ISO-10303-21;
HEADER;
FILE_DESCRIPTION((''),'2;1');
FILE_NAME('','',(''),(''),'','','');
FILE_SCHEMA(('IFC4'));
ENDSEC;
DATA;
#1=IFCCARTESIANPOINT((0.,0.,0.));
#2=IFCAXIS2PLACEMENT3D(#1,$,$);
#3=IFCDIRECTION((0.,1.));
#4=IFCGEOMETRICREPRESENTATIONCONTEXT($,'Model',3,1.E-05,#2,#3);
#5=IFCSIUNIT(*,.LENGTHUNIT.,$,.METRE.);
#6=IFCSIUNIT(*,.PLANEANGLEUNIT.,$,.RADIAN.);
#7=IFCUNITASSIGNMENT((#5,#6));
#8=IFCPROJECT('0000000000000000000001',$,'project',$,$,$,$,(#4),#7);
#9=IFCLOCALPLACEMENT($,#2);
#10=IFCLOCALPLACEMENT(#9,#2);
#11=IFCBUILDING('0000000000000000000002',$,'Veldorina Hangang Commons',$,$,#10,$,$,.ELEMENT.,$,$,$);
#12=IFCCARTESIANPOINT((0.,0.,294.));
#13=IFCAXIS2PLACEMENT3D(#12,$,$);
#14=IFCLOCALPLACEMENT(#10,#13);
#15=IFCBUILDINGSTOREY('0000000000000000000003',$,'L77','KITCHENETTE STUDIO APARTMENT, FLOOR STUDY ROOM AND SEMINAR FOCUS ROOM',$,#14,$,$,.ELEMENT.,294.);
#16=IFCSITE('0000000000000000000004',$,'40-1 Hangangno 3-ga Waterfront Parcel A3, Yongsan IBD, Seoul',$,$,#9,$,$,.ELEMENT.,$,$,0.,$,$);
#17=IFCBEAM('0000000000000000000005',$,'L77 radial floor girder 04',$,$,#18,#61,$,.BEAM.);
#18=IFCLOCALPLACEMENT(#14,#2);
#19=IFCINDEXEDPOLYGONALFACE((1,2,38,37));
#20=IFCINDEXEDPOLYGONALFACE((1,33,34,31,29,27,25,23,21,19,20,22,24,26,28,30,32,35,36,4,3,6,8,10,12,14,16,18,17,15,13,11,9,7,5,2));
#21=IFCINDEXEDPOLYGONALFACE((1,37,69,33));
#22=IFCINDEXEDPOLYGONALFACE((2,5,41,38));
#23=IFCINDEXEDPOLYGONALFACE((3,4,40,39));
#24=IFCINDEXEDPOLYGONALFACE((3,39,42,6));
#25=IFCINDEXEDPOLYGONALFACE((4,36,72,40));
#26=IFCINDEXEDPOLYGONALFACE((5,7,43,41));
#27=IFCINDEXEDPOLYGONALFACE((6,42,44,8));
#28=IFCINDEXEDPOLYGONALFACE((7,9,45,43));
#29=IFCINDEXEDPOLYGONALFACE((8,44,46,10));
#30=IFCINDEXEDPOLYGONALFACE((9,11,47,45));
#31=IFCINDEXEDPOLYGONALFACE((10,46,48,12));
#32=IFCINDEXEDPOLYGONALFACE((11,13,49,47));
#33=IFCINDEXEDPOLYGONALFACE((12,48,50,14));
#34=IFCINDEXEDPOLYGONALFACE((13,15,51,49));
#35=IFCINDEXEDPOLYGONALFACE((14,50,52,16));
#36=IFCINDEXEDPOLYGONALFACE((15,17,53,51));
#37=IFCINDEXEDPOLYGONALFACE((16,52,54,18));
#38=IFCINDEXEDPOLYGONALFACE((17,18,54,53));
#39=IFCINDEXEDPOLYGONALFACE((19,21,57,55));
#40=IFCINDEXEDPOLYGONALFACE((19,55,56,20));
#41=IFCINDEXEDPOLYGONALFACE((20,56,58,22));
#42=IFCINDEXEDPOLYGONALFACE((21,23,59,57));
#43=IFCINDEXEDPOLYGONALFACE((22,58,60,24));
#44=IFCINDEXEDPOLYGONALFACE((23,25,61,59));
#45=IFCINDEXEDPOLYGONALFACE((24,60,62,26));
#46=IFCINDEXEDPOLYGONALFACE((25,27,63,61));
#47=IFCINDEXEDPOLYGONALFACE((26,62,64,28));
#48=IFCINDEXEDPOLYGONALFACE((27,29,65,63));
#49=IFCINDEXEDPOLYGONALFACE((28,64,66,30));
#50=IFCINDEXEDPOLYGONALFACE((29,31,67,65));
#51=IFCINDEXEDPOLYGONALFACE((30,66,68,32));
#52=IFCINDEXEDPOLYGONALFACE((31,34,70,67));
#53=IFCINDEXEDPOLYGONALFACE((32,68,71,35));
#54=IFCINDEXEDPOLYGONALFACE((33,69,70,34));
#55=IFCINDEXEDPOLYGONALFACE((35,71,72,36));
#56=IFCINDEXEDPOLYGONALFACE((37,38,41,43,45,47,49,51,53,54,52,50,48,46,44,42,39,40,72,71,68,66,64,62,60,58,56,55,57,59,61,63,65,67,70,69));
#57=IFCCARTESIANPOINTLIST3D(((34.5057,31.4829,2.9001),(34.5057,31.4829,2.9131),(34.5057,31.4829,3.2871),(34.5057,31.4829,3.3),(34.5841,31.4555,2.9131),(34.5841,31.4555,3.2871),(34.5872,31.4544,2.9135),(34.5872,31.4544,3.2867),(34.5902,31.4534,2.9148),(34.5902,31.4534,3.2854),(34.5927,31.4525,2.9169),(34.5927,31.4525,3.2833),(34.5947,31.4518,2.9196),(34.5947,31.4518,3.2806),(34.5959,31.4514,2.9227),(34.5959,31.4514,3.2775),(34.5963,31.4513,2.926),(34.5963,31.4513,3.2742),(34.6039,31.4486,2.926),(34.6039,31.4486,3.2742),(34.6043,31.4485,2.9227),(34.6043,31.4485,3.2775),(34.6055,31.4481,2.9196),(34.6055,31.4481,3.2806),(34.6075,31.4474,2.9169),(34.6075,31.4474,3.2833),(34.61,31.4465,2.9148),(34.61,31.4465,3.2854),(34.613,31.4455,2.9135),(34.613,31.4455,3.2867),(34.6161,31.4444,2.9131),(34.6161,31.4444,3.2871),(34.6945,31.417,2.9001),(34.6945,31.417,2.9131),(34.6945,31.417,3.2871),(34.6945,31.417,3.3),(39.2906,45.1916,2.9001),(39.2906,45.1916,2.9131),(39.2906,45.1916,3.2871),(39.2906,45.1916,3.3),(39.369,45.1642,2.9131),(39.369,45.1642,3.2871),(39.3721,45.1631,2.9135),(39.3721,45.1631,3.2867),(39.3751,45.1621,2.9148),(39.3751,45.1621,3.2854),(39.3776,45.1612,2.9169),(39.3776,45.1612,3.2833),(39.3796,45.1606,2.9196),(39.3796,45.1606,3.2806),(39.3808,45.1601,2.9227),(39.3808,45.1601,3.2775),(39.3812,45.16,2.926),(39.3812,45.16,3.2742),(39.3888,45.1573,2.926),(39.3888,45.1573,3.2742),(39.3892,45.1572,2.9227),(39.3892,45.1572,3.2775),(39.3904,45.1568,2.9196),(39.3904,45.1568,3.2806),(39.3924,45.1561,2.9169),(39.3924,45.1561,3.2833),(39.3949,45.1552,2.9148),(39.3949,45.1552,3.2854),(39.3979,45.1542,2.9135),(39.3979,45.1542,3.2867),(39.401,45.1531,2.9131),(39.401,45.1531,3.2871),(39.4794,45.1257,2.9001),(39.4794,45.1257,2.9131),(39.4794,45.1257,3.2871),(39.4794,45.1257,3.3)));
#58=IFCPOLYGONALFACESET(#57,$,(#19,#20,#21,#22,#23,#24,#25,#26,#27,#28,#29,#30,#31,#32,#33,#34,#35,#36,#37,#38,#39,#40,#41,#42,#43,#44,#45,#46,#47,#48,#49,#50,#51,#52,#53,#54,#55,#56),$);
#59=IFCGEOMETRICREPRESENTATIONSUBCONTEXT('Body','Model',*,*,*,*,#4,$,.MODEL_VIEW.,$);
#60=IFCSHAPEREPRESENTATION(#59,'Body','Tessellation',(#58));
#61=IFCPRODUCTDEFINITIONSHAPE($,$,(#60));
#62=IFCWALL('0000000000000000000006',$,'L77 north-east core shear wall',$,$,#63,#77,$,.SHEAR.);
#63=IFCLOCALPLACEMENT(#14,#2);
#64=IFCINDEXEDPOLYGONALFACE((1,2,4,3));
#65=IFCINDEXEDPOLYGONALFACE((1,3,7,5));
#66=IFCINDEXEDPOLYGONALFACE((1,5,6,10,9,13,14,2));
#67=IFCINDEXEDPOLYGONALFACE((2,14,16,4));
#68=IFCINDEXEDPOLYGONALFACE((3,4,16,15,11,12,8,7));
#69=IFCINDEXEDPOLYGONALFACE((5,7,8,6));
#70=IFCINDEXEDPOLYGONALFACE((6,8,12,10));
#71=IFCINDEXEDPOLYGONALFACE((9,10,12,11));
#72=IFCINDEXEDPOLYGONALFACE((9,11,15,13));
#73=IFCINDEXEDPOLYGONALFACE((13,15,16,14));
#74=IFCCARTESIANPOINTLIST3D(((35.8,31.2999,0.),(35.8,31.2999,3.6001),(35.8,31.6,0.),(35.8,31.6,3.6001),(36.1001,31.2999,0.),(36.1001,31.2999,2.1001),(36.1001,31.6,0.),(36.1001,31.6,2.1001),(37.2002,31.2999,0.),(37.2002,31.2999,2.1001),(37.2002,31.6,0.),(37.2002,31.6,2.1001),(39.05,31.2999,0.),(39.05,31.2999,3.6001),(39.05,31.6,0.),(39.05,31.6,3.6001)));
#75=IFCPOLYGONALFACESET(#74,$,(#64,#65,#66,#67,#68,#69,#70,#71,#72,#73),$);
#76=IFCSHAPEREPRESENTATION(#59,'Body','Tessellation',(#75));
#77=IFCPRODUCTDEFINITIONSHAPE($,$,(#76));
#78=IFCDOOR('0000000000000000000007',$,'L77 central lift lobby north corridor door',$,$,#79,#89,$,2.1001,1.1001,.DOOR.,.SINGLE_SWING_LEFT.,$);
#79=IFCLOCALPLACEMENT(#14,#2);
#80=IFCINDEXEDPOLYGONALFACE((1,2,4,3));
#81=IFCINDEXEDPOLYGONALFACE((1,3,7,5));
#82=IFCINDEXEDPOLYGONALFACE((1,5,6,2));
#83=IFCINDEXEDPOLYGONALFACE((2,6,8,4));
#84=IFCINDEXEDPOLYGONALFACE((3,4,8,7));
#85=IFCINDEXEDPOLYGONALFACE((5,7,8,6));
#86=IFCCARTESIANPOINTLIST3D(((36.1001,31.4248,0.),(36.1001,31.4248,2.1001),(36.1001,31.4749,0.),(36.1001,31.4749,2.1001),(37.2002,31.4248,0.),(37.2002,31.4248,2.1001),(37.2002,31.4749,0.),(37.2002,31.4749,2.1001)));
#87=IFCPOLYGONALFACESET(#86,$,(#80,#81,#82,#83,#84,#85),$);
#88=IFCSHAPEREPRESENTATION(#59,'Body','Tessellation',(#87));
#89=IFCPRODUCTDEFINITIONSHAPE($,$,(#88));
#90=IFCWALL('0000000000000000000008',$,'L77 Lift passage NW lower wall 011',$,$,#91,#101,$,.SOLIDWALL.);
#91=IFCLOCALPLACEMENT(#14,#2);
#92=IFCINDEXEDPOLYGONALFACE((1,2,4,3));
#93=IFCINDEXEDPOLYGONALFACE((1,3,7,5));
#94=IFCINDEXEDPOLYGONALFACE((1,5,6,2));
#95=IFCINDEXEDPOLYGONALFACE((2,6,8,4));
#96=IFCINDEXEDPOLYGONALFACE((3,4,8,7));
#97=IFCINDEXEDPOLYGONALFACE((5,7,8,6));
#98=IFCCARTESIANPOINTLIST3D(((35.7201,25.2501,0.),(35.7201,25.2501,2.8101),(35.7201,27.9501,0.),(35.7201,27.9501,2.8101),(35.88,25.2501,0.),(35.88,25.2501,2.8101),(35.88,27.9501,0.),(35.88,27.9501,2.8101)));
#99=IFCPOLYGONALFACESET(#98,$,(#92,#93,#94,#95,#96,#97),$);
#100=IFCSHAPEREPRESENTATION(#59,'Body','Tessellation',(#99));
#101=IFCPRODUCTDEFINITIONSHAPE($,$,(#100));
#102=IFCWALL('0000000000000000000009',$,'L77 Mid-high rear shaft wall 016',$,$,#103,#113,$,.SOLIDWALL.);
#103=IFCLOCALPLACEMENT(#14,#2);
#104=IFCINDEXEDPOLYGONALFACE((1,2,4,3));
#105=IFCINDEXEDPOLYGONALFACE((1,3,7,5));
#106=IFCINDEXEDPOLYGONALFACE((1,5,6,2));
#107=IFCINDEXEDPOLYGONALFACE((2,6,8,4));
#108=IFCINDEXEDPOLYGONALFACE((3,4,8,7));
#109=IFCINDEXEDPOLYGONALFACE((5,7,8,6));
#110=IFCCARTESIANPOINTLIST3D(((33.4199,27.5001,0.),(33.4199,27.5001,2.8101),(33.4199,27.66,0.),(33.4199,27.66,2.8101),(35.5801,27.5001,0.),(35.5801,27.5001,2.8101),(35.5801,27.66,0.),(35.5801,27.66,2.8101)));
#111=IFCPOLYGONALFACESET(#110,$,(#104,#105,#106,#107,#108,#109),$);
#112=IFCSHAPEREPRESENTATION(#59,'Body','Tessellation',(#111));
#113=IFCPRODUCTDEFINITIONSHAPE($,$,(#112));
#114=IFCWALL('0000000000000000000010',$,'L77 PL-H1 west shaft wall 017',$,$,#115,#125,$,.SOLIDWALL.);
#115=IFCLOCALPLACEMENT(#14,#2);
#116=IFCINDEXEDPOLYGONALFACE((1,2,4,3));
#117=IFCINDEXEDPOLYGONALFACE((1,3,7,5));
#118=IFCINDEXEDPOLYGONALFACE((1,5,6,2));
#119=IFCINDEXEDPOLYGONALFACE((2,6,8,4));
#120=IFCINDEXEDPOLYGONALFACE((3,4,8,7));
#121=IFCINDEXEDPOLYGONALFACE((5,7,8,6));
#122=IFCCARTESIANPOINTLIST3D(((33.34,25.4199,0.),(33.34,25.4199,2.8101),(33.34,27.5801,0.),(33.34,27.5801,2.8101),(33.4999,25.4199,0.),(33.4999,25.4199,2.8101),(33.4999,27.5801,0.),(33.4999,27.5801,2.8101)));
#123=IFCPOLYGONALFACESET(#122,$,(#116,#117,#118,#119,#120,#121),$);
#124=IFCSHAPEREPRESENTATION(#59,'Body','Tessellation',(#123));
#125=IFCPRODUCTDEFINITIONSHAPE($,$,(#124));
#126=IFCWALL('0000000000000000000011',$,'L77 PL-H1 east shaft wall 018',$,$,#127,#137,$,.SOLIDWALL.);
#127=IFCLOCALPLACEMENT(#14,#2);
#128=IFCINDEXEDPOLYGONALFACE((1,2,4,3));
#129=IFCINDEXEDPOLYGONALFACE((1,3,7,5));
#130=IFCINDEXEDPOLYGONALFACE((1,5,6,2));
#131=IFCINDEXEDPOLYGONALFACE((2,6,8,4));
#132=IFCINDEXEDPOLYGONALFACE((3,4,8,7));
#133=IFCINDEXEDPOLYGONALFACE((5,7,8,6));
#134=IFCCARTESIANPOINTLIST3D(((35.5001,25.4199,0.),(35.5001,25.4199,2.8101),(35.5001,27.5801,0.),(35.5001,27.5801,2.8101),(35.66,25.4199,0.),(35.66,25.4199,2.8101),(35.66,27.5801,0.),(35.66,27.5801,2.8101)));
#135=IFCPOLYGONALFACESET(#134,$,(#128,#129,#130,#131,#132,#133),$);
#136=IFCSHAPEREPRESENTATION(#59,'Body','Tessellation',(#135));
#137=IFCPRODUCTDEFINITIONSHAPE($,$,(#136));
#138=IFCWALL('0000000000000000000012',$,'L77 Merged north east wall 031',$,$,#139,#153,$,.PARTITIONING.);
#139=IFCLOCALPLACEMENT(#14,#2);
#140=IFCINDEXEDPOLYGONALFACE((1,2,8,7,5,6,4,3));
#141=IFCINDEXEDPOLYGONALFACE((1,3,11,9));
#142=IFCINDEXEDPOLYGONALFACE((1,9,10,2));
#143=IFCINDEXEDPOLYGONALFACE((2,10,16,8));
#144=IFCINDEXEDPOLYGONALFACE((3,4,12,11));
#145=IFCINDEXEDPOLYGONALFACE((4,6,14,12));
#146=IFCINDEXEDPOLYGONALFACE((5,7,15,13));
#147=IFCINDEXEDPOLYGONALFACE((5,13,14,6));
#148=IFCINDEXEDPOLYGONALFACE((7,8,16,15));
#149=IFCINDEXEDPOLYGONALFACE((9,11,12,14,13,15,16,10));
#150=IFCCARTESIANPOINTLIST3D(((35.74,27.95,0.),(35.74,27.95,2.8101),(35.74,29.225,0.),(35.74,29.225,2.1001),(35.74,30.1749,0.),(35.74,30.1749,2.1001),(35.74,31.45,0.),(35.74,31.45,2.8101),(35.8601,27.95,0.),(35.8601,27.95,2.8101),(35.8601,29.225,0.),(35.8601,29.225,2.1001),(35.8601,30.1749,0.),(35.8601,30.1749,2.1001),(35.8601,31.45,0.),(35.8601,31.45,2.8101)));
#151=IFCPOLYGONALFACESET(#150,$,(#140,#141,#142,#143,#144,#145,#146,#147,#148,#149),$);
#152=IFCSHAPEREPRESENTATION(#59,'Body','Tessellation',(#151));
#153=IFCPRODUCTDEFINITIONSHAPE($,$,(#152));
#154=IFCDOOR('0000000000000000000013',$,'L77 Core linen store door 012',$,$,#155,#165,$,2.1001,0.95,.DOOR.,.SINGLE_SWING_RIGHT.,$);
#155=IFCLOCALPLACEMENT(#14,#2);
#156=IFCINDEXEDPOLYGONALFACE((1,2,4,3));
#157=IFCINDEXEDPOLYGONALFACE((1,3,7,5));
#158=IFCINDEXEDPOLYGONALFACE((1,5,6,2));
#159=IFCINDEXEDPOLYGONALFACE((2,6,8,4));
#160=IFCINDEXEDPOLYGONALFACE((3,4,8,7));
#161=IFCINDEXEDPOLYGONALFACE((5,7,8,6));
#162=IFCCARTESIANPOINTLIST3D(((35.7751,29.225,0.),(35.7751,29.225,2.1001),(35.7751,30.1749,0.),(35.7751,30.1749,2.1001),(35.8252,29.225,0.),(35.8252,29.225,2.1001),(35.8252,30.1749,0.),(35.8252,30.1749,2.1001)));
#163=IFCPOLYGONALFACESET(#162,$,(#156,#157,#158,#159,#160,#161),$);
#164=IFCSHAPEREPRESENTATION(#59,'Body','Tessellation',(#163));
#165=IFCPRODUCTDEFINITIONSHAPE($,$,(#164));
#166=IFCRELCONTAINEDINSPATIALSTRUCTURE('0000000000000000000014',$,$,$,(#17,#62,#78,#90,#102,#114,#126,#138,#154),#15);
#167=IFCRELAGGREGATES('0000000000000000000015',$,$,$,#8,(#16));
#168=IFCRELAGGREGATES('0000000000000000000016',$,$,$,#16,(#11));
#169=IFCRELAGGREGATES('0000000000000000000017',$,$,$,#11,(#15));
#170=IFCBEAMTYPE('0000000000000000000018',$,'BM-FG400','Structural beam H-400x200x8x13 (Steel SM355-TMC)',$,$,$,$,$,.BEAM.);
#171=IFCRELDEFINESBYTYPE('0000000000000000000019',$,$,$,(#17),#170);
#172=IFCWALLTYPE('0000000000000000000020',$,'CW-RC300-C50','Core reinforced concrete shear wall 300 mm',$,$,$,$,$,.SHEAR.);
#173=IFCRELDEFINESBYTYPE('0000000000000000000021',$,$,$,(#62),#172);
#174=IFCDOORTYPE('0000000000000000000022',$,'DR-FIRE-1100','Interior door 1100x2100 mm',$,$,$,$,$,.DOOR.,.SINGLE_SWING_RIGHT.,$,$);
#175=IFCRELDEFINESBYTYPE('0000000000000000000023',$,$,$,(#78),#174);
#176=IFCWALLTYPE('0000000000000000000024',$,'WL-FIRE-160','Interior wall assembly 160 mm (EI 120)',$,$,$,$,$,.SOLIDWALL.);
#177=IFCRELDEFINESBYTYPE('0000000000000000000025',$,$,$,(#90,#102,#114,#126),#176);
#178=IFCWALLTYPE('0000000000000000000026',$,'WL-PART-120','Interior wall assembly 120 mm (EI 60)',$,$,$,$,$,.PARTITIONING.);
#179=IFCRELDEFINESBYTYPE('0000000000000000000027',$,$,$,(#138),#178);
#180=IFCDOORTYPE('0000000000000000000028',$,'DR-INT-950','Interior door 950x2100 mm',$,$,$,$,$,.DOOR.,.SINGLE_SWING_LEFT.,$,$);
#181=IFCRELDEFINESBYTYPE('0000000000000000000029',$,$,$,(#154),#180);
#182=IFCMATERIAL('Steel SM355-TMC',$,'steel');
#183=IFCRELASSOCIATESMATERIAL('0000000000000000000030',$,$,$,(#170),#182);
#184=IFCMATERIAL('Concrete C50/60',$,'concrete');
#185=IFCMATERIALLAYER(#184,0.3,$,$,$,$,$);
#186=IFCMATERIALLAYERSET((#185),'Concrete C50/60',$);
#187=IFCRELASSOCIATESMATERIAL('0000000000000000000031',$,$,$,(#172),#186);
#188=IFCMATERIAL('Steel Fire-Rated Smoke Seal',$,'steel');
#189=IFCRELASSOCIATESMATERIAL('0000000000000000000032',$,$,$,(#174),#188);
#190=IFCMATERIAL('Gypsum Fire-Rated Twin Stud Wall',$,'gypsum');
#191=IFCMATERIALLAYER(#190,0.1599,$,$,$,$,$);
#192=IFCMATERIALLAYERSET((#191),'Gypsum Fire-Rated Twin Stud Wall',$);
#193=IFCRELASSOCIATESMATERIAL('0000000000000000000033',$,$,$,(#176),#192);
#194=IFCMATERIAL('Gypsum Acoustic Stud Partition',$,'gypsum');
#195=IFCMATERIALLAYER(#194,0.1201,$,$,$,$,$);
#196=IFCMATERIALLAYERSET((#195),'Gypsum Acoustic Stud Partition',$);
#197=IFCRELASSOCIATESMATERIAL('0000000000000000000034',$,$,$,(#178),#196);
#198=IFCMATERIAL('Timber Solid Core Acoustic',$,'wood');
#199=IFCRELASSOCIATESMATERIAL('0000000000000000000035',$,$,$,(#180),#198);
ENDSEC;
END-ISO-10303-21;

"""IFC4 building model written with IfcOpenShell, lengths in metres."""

from ifc_helpers import new_model, si_unit, direction, frame, frame_2d, origin, origin_2d, place, context, subcontext, project, spatial, rectangle, i_section, extrude, material, layer, layer_set, material_profile, profile_set, type_object, element, fill, save


model = new_model("IFC4")

# Units and contexts
model_context = context("Model", 3, precision=1e-05, world=origin(), true_north=direction((0.0, 1.0)))
body_context = subcontext(model_context, "Body", "Model", "MODEL_VIEW")
ifc_project = project(units=[si_unit("LENGTHUNIT", "METRE"), si_unit("PLANEANGLEUNIT", "RADIAN")], contexts=[model_context])

# Site, building, storey
site_placement = place(None, origin())
site = spatial("IfcSite", under=ifc_project, at=site_placement, Name="40-1 Hangangno 3-ga Waterfront Parcel A3, Yongsan IBD, Seoul", CompositionType="ELEMENT", RefElevation=0.0)
building_placement = place(site_placement, origin())
building = spatial("IfcBuilding", under=site, at=building_placement, Name="Veldorina Hangang Commons", CompositionType="ELEMENT")
storey_placement = place(building_placement, frame((0.0, 0.0, 294.0)))
storey = spatial("IfcBuildingStorey", under=building, at=storey_placement, Name="L77", Description="KITCHENETTE STUDIO APARTMENT, FLOOR STUDY ROOM AND SEMINAR FOCUS ROOM", CompositionType="ELEMENT", Elevation=294.0)

# Beam
ifc_material_1 = material(Name="Steel SM355-TMC", Category="steel")
ifc_material_profile = material_profile(ifc_material_1, i_section(OverallWidth=0.2, OverallDepth=0.3999, WebThickness=0.0081, FlangeThickness=0.0129, FilletRadius=0.0129, at=origin_2d()), Name="H-400x200x8x13")
ifc_profile_set = profile_set([ifc_material_profile], Name="Steel SM355-TMC")
beam_type = type_object("IfcBeamType", Name="BM-FG400", Description="Structural beam H-400x200x8x13 (Steel SM355-TMC)", PredefinedType="BEAM", material=ifc_profile_set)
beam_placement = place(storey_placement, frame((34.6001, 31.45, 3.1001), z_axis=(0.329544, 0.94414, 0.0), x_axis=(-0.94414, 0.329544, 0.0)))
element("IfcBeam", 1, at=beam_placement, inside=storey, type_object=beam_type, Name="L77 radial floor girder 04", PredefinedType="BEAM", context=body_context, shape_type="SweptSolid", body=[
    extrude(i_section(OverallWidth=0.2, OverallDepth=0.3999, WebThickness=0.0081, FlangeThickness=0.0129, FilletRadius=0.0129, at=origin_2d()), origin(), (0.0, 0.0, 1.0), 14.5198),
])

# Wall, opening, door
ifc_material_2 = material(Name="Concrete C50/60", Category="concrete")
ifc_layer_1 = layer(ifc_material_2, 0.3)
ifc_layer_set_1 = layer_set([ifc_layer_1], Name="Concrete C50/60")
wall_type_1 = type_object("IfcWallType", Name="CW-RC300-C50", Description="Core reinforced concrete shear wall 300 mm", PredefinedType="SHEAR", material=ifc_layer_set_1)
wall_1_placement = place(storey_placement, frame((35.8, 31.45, 0.0), z_axis=(0.0, 0.0, 1.0), x_axis=(1.0, 0.0, 0.0)))
wall_1 = element("IfcWall", 2, at=wall_1_placement, inside=storey, type_object=wall_type_1, Name="L77 north-east core shear wall", PredefinedType="SHEAR", context=body_context, shape_type="SweptSolid", body=[
    extrude(rectangle(XDim=3.25, YDim=0.3, at=frame_2d((1.625, 0.0))), origin(), (0.0, 0.0, 1.0), 3.6001),
])
opening_1_placement = place(wall_1_placement, frame((0.3, 0.0, 0.0)))
opening_1 = element("IfcOpeningElement", 3, at=opening_1_placement, cuts=wall_1, PredefinedType="OPENING", context=body_context, shape_type="SweptSolid", body=[
    extrude(rectangle(XDim=1.1001, YDim=2.1001, at=frame_2d((0.55, 1.05))), frame((0.0, 0.1602, 0.0), z_axis=(0.0, -1.0, 0.0), x_axis=(1.0, 0.0, 0.0)), (0.0, 0.0, 1.0), 0.3201),
])
ifc_material_3 = material(Name="Steel Fire-Rated Smoke Seal", Category="steel")
door_type_1 = type_object("IfcDoorType", Name="DR-FIRE-1100", Description="Interior door 1100x2100 mm", OperationType="SINGLE_SWING_RIGHT", PredefinedType="DOOR", material=ifc_material_3)
door_1_placement = place(opening_1_placement, origin())
door_1 = element("IfcDoor", 4, at=door_1_placement, inside=storey, type_object=door_type_1, Name="L77 central lift lobby north corridor door", OperationType="SINGLE_SWING_LEFT", OverallHeight=2.1001, OverallWidth=1.1001, PredefinedType="DOOR", context=body_context, shape_type="SweptSolid", body=[
    extrude(rectangle(XDim=1.1001, YDim=2.1001, at=frame_2d((0.55, 1.05))), frame((0.0, 0.0249, 0.0), z_axis=(0.0, -1.0, 0.0), x_axis=(1.0, 0.0, 0.0)), (0.0, 0.0, 1.0), 0.05),
])
fill(opening_1, door_1)

# Wall
ifc_material_4 = material(Name="Gypsum Fire-Rated Twin Stud Wall", Category="gypsum")
ifc_layer_2 = layer(ifc_material_4, 0.1599)
ifc_layer_set_2 = layer_set([ifc_layer_2], Name="Gypsum Fire-Rated Twin Stud Wall")
wall_type_2 = type_object("IfcWallType", Name="WL-FIRE-160", Description="Interior wall assembly 160 mm (EI 120)", PredefinedType="SOLIDWALL", material=ifc_layer_set_2)
wall_2_placement = place(storey_placement, frame((35.8, 25.25, 0.0), z_axis=(0.0, 0.0, 1.0), x_axis=(0.0, 1.0, 0.0)))
element("IfcWall", 5, at=wall_2_placement, inside=storey, type_object=wall_type_2, Name="L77 Lift passage NW lower wall 011", PredefinedType="SOLIDWALL", context=body_context, shape_type="SweptSolid", body=[
    extrude(rectangle(XDim=2.7, YDim=0.1599, at=frame_2d((1.3501, 0.0))), origin(), (0.0, 0.0, 1.0), 2.8101),
])

# Walls
for number, where, z_axis, x_axis, name in (
    (6, (33.4199, 27.5801, 0.0), (0.0, 0.0, 1.0), (1.0, 0.0, 0.0), "L77 Mid-high rear shaft wall 016"),
    (7, (33.4199, 25.4199, 0.0), (0.0, 0.0, 1.0), (0.0, 1.0, 0.0), "L77 PL-H1 west shaft wall 017"),
    (8, (35.5801, 25.4199, 0.0), (0.0, 0.0, 1.0), (0.0, 1.0, 0.0), "L77 PL-H1 east shaft wall 018"),
):
    element("IfcWall", number, at=place(storey_placement, frame(where, z_axis=z_axis, x_axis=x_axis)), inside=storey, type_object=wall_type_2, Name=name, PredefinedType="SOLIDWALL", context=body_context, shape_type="SweptSolid", body=[
        extrude(rectangle(XDim=2.1602, YDim=0.1599, at=frame_2d((1.0801, 0.0))), origin(), (0.0, 0.0, 1.0), 2.8101),
    ])

# Wall, opening, door
ifc_material_5 = material(Name="Gypsum Acoustic Stud Partition", Category="gypsum")
ifc_layer_3 = layer(ifc_material_5, 0.1201)
ifc_layer_set_3 = layer_set([ifc_layer_3], Name="Gypsum Acoustic Stud Partition")
wall_type_3 = type_object("IfcWallType", Name="WL-PART-120", Description="Interior wall assembly 120 mm (EI 60)", PredefinedType="PARTITIONING", material=ifc_layer_set_3)
wall_3_placement = place(storey_placement, frame((35.8, 27.95, 0.0), z_axis=(0.0, 0.0, 1.0), x_axis=(0.0, 1.0, 0.0)))
wall_3 = element("IfcWall", 9, at=wall_3_placement, inside=storey, type_object=wall_type_3, Name="L77 Merged north east wall 031", PredefinedType="PARTITIONING", context=body_context, shape_type="SweptSolid", body=[
    extrude(rectangle(XDim=3.5, YDim=0.1201, at=frame_2d((1.75, 0.0))), origin(), (0.0, 0.0, 1.0), 2.8101),
])
opening_2_placement = place(wall_3_placement, frame((1.2749, 0.0, 0.0)))
opening_2 = element("IfcOpeningElement", 10, at=opening_2_placement, cuts=wall_3, PredefinedType="OPENING", context=body_context, shape_type="SweptSolid", body=[
    extrude(rectangle(XDim=0.95, YDim=2.1001, at=frame_2d((0.4751, 1.05))), frame((0.0, 0.0701, 0.0), z_axis=(0.0, -1.0, 0.0), x_axis=(1.0, 0.0, 0.0)), (0.0, 0.0, 1.0), 0.1401),
])
ifc_material_6 = material(Name="Timber Solid Core Acoustic", Category="wood")
door_type_2 = type_object("IfcDoorType", Name="DR-INT-950", Description="Interior door 950x2100 mm", OperationType="SINGLE_SWING_LEFT", PredefinedType="DOOR", material=ifc_material_6)
door_2_placement = place(opening_2_placement, origin())
door_2 = element("IfcDoor", 11, at=door_2_placement, inside=storey, type_object=door_type_2, Name="L77 Core linen store door 012", OperationType="SINGLE_SWING_RIGHT", OverallHeight=2.1001, OverallWidth=0.95, PredefinedType="DOOR", context=body_context, shape_type="SweptSolid", body=[
    extrude(rectangle(XDim=0.95, YDim=2.1001, at=frame_2d((0.4751, 1.05))), frame((0.0, 0.0249, 0.0), z_axis=(0.0, -1.0, 0.0), x_axis=(1.0, 0.0, 0.0)), (0.0, 0.0, 1.0), 0.05),
])
fill(opening_2, door_2)

save(model, "model.ifc")
